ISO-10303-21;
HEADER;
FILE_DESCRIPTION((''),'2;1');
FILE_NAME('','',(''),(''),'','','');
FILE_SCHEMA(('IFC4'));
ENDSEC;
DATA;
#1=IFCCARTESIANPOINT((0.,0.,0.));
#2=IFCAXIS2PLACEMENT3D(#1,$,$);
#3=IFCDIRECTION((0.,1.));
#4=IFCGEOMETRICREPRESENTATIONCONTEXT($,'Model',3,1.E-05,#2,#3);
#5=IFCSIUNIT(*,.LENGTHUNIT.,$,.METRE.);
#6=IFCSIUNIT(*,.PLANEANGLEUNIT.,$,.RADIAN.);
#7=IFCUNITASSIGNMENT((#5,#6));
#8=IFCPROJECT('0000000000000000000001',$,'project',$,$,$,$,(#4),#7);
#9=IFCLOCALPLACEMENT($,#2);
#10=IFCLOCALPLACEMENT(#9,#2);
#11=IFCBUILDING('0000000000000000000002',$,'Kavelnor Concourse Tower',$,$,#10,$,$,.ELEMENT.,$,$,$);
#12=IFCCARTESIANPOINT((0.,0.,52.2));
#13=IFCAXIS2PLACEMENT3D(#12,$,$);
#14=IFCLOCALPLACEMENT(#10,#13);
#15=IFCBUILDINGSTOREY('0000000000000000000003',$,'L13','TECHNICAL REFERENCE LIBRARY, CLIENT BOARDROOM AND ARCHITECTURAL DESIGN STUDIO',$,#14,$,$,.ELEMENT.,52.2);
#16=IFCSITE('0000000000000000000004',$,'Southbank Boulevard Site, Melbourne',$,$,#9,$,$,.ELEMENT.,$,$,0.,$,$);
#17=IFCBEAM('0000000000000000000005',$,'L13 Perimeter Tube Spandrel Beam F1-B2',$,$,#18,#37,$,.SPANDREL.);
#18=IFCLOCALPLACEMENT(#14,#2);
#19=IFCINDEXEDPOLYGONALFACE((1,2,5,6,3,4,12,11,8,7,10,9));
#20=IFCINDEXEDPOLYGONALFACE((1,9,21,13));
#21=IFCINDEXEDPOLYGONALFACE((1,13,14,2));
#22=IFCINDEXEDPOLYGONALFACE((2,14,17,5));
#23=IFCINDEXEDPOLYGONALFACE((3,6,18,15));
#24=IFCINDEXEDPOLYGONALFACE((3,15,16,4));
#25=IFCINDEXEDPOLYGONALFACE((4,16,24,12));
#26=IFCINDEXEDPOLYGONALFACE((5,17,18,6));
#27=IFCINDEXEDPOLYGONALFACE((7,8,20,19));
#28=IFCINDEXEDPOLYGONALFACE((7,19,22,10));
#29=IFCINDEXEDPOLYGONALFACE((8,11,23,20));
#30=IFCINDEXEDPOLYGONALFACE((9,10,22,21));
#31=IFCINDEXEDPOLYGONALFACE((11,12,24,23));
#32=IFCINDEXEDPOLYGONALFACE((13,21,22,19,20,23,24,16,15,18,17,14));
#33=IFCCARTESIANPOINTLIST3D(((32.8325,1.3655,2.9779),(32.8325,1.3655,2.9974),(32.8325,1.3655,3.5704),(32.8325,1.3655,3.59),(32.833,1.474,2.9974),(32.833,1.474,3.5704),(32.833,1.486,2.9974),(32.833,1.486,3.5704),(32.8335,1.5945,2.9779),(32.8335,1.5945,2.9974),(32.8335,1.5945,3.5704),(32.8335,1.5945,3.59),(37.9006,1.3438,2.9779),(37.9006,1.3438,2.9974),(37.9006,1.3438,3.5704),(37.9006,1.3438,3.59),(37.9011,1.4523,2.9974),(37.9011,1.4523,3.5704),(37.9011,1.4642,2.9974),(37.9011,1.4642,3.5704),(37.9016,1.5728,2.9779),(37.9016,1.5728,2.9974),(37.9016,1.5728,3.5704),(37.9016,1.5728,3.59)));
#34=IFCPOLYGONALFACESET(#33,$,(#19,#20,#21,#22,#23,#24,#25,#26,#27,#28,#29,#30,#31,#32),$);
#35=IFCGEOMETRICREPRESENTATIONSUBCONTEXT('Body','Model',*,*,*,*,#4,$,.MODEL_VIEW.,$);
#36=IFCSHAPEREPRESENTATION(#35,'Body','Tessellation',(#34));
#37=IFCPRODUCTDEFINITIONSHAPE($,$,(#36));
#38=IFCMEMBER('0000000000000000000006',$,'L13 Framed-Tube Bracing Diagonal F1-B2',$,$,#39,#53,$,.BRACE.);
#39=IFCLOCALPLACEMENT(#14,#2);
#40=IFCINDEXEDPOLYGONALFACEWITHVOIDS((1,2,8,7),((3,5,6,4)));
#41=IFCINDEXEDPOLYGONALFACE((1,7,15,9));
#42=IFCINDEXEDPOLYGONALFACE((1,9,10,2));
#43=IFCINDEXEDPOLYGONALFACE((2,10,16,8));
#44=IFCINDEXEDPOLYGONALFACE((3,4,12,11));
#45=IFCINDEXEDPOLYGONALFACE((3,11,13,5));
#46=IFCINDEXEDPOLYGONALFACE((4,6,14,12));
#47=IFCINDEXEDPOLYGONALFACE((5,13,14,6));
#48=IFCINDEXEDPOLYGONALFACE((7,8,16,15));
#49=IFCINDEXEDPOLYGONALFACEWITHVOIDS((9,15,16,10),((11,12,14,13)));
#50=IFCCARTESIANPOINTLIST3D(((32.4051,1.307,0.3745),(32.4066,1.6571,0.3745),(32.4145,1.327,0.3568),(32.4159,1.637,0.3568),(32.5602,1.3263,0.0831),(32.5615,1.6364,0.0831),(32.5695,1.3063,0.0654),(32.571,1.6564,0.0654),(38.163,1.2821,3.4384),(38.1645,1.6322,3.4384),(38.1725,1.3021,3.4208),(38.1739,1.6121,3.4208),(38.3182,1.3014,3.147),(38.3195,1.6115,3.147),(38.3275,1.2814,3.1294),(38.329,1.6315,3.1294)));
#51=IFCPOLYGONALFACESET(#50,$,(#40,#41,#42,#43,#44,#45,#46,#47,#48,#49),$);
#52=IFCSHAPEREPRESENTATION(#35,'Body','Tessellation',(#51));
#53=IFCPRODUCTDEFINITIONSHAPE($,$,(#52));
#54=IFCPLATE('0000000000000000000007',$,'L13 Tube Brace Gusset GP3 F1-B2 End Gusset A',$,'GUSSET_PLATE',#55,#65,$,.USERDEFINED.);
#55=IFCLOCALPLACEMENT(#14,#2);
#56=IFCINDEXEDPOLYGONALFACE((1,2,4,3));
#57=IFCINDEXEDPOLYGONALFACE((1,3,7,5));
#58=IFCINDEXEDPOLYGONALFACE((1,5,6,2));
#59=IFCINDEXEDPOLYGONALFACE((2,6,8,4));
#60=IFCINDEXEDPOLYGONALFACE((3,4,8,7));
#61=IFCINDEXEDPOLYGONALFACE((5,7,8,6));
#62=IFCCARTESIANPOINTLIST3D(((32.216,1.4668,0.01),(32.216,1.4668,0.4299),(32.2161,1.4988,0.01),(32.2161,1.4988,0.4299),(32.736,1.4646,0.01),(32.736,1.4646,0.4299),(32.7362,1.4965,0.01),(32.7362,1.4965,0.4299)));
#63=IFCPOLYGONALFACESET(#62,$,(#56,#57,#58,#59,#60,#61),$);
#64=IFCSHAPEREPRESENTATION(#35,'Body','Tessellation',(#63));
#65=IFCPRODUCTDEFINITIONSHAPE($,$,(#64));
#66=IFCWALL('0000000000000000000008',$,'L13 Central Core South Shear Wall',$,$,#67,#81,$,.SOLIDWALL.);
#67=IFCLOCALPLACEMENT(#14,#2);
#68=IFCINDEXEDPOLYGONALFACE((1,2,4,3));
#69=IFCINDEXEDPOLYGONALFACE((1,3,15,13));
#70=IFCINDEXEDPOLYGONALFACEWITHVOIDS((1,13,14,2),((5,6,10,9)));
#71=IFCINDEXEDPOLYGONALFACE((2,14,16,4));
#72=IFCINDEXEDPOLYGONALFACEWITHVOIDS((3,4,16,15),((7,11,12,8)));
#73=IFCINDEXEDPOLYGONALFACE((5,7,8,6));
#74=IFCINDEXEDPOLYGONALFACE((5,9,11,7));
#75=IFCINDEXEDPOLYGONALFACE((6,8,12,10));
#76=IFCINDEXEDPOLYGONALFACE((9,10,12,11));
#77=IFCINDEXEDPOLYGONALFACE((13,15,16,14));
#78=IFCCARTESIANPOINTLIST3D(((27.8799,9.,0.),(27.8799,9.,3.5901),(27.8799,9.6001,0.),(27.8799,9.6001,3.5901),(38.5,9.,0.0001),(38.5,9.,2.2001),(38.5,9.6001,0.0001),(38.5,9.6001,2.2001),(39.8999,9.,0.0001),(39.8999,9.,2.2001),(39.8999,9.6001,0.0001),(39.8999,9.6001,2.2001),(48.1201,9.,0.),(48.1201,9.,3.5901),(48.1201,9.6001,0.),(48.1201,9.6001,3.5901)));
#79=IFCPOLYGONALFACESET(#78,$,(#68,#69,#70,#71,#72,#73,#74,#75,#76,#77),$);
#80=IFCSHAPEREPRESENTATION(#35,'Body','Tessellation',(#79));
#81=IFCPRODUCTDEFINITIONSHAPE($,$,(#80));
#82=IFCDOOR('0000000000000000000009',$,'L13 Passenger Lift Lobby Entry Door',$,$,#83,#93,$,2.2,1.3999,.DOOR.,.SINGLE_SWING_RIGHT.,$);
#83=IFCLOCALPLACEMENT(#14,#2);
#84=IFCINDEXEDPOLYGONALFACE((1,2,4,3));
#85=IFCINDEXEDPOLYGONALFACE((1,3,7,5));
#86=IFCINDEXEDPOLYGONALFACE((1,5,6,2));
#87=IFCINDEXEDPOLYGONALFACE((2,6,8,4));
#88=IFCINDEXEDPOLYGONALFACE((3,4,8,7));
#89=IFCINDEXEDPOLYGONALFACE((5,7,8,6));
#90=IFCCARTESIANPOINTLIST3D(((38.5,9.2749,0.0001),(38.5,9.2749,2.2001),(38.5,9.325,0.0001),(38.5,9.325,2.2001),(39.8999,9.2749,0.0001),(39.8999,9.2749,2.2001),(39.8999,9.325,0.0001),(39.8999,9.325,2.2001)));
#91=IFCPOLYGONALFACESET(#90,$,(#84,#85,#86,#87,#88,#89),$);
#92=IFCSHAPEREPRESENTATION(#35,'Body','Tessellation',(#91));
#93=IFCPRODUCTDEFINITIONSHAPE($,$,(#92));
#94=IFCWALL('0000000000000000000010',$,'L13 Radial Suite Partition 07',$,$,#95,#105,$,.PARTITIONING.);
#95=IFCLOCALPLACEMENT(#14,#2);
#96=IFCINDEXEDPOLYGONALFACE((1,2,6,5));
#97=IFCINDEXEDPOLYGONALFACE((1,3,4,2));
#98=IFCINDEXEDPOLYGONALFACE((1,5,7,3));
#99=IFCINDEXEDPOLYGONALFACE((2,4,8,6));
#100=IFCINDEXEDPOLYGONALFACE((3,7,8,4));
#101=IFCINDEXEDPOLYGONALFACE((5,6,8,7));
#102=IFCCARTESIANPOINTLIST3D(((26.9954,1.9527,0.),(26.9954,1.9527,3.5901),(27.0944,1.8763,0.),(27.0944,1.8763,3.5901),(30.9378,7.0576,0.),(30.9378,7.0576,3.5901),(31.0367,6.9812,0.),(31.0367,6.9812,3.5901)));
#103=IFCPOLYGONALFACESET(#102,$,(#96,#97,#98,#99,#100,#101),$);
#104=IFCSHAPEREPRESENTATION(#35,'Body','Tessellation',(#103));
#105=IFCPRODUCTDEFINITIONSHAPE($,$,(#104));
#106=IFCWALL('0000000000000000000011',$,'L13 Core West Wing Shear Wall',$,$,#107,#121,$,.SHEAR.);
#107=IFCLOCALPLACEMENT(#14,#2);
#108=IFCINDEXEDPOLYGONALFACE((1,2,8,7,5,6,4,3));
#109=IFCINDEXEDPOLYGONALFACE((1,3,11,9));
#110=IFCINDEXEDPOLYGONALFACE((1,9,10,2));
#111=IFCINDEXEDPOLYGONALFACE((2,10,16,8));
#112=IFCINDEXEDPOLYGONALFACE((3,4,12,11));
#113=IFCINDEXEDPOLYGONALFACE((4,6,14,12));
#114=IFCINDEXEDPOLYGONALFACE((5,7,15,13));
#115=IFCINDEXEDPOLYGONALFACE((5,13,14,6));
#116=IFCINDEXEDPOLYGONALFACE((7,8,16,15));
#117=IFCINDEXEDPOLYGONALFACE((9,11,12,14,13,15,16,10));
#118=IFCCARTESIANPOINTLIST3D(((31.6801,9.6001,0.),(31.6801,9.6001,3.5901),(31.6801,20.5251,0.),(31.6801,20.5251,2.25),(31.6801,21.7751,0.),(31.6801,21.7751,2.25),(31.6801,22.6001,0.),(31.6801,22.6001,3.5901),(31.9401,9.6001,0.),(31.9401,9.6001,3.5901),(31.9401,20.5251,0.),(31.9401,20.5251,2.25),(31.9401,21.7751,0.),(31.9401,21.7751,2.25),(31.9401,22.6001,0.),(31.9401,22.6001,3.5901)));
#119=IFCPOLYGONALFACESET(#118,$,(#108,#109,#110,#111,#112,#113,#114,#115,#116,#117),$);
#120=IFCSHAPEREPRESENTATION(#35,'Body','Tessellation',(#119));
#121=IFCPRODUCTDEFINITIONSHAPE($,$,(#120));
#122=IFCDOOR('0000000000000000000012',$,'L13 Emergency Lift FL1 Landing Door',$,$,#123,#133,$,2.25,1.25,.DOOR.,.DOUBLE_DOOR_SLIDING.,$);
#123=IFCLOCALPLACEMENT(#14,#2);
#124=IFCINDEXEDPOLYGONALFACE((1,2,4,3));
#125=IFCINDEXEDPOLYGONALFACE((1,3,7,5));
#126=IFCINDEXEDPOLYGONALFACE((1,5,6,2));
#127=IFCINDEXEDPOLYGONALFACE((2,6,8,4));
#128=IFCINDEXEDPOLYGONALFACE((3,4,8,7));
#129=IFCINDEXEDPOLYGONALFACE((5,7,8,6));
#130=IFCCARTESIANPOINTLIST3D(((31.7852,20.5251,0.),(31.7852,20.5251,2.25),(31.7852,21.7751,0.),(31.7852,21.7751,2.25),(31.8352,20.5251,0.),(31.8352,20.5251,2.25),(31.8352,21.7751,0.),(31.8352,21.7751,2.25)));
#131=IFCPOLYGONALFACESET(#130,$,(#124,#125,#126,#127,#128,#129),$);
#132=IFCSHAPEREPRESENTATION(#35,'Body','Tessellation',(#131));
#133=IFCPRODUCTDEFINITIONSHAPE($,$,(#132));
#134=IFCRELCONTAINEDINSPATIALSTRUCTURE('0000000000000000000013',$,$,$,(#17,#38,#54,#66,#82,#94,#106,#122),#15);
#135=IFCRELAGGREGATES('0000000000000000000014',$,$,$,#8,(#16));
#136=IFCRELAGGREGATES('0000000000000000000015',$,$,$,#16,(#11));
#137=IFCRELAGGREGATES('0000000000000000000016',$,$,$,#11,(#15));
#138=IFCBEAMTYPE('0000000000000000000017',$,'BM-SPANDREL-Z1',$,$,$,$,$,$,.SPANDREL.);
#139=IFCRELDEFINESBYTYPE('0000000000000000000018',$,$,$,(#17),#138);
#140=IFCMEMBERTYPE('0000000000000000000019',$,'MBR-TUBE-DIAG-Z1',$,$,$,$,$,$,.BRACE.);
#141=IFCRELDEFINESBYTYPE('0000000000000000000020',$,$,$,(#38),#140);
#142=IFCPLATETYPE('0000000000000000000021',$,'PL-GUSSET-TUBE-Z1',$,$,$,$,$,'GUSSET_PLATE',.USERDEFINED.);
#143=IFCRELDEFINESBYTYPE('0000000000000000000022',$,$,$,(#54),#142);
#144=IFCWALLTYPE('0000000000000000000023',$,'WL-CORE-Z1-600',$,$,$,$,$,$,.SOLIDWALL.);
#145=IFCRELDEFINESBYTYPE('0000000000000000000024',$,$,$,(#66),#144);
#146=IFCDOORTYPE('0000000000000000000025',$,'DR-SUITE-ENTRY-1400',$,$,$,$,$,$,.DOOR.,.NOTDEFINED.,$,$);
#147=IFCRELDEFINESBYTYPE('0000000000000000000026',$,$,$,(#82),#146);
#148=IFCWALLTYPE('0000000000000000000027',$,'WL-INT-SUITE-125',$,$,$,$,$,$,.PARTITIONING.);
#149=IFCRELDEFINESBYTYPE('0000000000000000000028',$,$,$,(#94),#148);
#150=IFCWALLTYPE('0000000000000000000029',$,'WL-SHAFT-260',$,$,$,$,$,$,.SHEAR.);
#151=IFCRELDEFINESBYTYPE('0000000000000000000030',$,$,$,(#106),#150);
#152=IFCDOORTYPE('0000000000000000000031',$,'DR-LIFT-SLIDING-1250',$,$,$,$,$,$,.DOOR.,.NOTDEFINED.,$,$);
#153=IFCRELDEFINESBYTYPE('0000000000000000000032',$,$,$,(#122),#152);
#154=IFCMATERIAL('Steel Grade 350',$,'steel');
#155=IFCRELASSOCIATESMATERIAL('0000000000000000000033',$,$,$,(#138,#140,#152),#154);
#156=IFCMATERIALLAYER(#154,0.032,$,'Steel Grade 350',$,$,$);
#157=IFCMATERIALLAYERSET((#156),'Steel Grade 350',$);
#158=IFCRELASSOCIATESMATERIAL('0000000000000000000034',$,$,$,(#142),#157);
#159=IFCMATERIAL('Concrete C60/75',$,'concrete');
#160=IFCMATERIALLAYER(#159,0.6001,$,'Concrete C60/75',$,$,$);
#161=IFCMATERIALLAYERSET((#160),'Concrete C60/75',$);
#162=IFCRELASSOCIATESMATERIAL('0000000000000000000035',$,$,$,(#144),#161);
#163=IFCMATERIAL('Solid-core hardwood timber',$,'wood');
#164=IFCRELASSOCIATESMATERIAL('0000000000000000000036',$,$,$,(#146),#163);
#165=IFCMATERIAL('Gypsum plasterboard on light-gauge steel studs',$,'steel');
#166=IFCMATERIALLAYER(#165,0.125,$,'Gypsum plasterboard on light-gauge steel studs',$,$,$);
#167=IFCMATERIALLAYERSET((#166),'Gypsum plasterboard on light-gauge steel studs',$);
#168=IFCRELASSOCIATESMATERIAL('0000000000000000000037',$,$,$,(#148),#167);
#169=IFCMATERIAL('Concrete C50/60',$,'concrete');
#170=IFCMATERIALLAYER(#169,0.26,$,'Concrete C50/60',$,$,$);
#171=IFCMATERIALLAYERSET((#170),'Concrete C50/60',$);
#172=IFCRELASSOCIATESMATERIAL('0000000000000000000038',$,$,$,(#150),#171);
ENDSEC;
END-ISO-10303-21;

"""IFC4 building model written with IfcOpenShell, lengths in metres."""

from ifc_helpers import new_model, si_unit, direction, frame, frame_2d, origin, origin_2d, place, context, subcontext, project, spatial, rectangle, hollow_rectangle, i_section, extrude, material, layer, layer_set, material_profile, profile_set, type_object, element, fill, save


model = new_model("IFC4")

# Units and contexts
model_context = context("Model", 3, precision=1e-05, world=origin(), true_north=direction((0.0, 1.0)))
body_context = subcontext(model_context, "Body", "Model", "MODEL_VIEW")
ifc_project = project(units=[si_unit("LENGTHUNIT", "METRE"), si_unit("PLANEANGLEUNIT", "RADIAN")], contexts=[model_context])

# Site, building, storey
site_placement = place(None, origin())
site = spatial("IfcSite", under=ifc_project, at=site_placement, Name="Southbank Boulevard Site, Melbourne", CompositionType="ELEMENT", RefElevation=0.0)
building_placement = place(site_placement, origin())
building = spatial("IfcBuilding", under=site, at=building_placement, Name="Kavelnor Concourse Tower", CompositionType="ELEMENT")
storey_placement = place(building_placement, frame((0.0, 0.0, 52.2)))
storey = spatial("IfcBuildingStorey", under=building, at=storey_placement, Name="L13", Description="TECHNICAL REFERENCE LIBRARY, CLIENT BOARDROOM AND ARCHITECTURAL DESIGN STUDIO", CompositionType="ELEMENT", Elevation=52.2)

# Shared definitions
ifc_material_1 = material(Name="Steel Grade 350", Category="steel")

# Beam
ifc_material_profile_1 = material_profile(ifc_material_1, i_section(OverallWidth=0.229, OverallDepth=0.6121, WebThickness=0.012, FlangeThickness=0.0195, at=origin_2d()), Name="610UB125")
ifc_profile_set_1 = profile_set([ifc_material_profile_1], Name="Steel Grade 350")
beam_type_1 = type_object("IfcBeamType", Name="BM-SPANDREL-Z1", PredefinedType="SPANDREL", material=ifc_profile_set_1)
beam_1_placement = place(storey_placement, frame((32.833, 1.48, 3.2839), z_axis=(0.999991, -0.004287, 0.0), x_axis=(0.004287, 0.999991, 0.0)))
element("IfcBeam", 1, at=beam_1_placement, inside=storey, type_object=beam_type_1, Name="L13 Perimeter Tube Spandrel Beam F1-B2", PredefinedType="SPANDREL", context=body_context, shape_type="SweptSolid", body=[
    extrude(i_section(OverallWidth=0.229, OverallDepth=0.6121, WebThickness=0.012, FlangeThickness=0.0195, at=origin_2d()), origin(), (0.0, 0.0, 1.0), 5.0681),
])

# Member
ifc_material_profile_2 = material_profile(ifc_material_1, hollow_rectangle(XDim=0.3501, YDim=0.3501, WallThickness=0.02, at=origin_2d()), Name="SHS 350x350x20")
ifc_profile_set_2 = profile_set([ifc_material_profile_2], Name="Steel Grade 350")
member_type = type_object("IfcMemberType", Name="MBR-TUBE-DIAG-Z1", PredefinedType="BRACE", material=ifc_profile_set_2)
member_placement = place(storey_placement, frame((32.488, 1.4817, 0.22), z_axis=(0.882792, -0.003818, 0.469749), x_axis=(0.004325, 0.999991, 0.0)))
element("IfcMember", 2, at=member_placement, inside=storey, type_object=member_type, Name="L13 Framed-Tube Bracing Diagonal F1-B2", PredefinedType="BRACE", context=body_context, shape_type="SweptSolid", body=[
    extrude(hollow_rectangle(XDim=0.3501, YDim=0.3501, WallThickness=0.02, at=origin_2d()), origin(), (0.0, 0.0, 1.0), 6.5225),
])

# Plate
ifc_layer_1 = layer(ifc_material_1, 0.032, Name="Steel Grade 350")
ifc_layer_set_1 = layer_set([ifc_layer_1], Name="Steel Grade 350")
plate_type = type_object("IfcPlateType", Name="PL-GUSSET-TUBE-Z1", ElementType="GUSSET_PLATE", PredefinedType="USERDEFINED", material=ifc_layer_set_1)
plate_placement = place(storey_placement, frame((32.4761, 1.4817, 0.01), z_axis=(0.0, 0.0, 1.0), x_axis=(0.99999, -0.004363, 0.0)))
element("IfcPlate", 3, at=plate_placement, inside=storey, type_object=plate_type, Name="L13 Tube Brace Gusset GP3 F1-B2 End Gusset A", ObjectType="GUSSET_PLATE", PredefinedType="USERDEFINED", context=body_context, shape_type="SweptSolid", body=[
    extrude(rectangle(XDim=0.52, YDim=0.032, at=origin_2d()), origin(), (0.0, 0.0, 1.0), 0.4199),
])

# Wall, opening, door
ifc_material_2 = material(Name="Concrete C60/75", Category="concrete")
ifc_layer_2 = layer(ifc_material_2, 0.6001, Name="Concrete C60/75")
ifc_layer_set_2 = layer_set([ifc_layer_2], Name="Concrete C60/75")
wall_type_1 = type_object("IfcWallType", Name="WL-CORE-Z1-600", PredefinedType="SOLIDWALL", material=ifc_layer_set_2)
wall_1_placement = place(storey_placement, frame((27.8799, 9.3, 0.0), z_axis=(0.0, 0.0, 1.0), x_axis=(1.0, 0.0, 0.0)))
wall_1 = element("IfcWall", 4, at=wall_1_placement, inside=storey, type_object=wall_type_1, Name="L13 Central Core South Shear Wall", PredefinedType="SOLIDWALL", context=body_context, shape_type="SweptSolid", body=[
    extrude(rectangle(XDim=20.2402, YDim=0.6001, at=frame_2d((10.1201, 0.0))), origin(), (0.0, 0.0, 1.0), 3.5901),
])
opening_1_placement = place(wall_1_placement, frame((10.6201, 0.0, 0.0)))
opening_1 = element("IfcOpeningElement", 5, at=opening_1_placement, cuts=wall_1, PredefinedType="OPENING", context=body_context, shape_type="SweptSolid", body=[
    extrude(rectangle(XDim=1.3999, YDim=2.2, at=frame_2d((0.7, 1.1001))), frame((0.0, 0.3101, 0.0), z_axis=(0.0, -1.0, 0.0), x_axis=(1.0, 0.0, 0.0)), (0.0, 0.0, 1.0), 0.6201),
])
ifc_material_3 = material(Name="Solid-core hardwood timber", Category="wood")
door_type_1 = type_object("IfcDoorType", Name="DR-SUITE-ENTRY-1400", OperationType="NOTDEFINED", PredefinedType="DOOR", material=ifc_material_3)
door_1_placement = place(opening_1_placement, origin())
door_1 = element("IfcDoor", 6, at=door_1_placement, inside=storey, type_object=door_type_1, Name="L13 Passenger Lift Lobby Entry Door", OperationType="SINGLE_SWING_RIGHT", OverallHeight=2.2, OverallWidth=1.3999, PredefinedType="DOOR", context=body_context, shape_type="SweptSolid", body=[
    extrude(rectangle(XDim=1.3999, YDim=2.2, at=frame_2d((0.7, 1.1001))), frame((0.0, 0.0249, 0.0), z_axis=(0.0, -1.0, 0.0), x_axis=(1.0, 0.0, 0.0)), (0.0, 0.0, 1.0), 0.05),
])
fill(opening_1, door_1)

# Wall
ifc_material_4 = material(Name="Gypsum plasterboard on light-gauge steel studs", Category="steel")
ifc_layer_3 = layer(ifc_material_4, 0.125, Name="Gypsum plasterboard on light-gauge steel studs")
ifc_layer_set_3 = layer_set([ifc_layer_3], Name="Gypsum plasterboard on light-gauge steel studs")
wall_type_2 = type_object("IfcWallType", Name="WL-INT-SUITE-125", PredefinedType="PARTITIONING", material=ifc_layer_set_3)
wall_2_placement = place(storey_placement, frame((30.9873, 7.0195, 0.0), z_axis=(0.0, 0.0, 1.0), x_axis=(-0.611217, -0.791463, 0.0)))
element("IfcWall", 7, at=wall_2_placement, inside=storey, type_object=wall_type_2, Name="L13 Radial Suite Partition 07", PredefinedType="PARTITIONING", context=body_context, shape_type="SweptSolid", body=[
    extrude(rectangle(XDim=6.45, YDim=0.125, at=frame_2d((3.2251, 0.0))), origin(), (0.0, 0.0, 1.0), 3.5901),
])

# Wall, opening, door
ifc_material_5 = material(Name="Concrete C50/60", Category="concrete")
ifc_layer_4 = layer(ifc_material_5, 0.26, Name="Concrete C50/60")
ifc_layer_set_4 = layer_set([ifc_layer_4], Name="Concrete C50/60")
wall_type_3 = type_object("IfcWallType", Name="WL-SHAFT-260", PredefinedType="SHEAR", material=ifc_layer_set_4)
wall_3_placement = place(storey_placement, frame((31.8101, 9.6001, 0.0), z_axis=(0.0, 0.0, 1.0), x_axis=(0.0, 1.0, 0.0)))
wall_3 = element("IfcWall", 8, at=wall_3_placement, inside=storey, type_object=wall_type_3, Name="L13 Core West Wing Shear Wall", PredefinedType="SHEAR", context=body_context, shape_type="SweptSolid", body=[
    extrude(rectangle(XDim=13.0, YDim=0.26, at=frame_2d((6.5, 0.0))), origin(), (0.0, 0.0, 1.0), 3.5901),
])
opening_2_placement = place(wall_3_placement, frame((10.925, 0.0, 0.0)))
opening_2 = element("IfcOpeningElement", 9, at=opening_2_placement, cuts=wall_3, PredefinedType="OPENING", context=body_context, shape_type="SweptSolid", body=[
    extrude(rectangle(XDim=1.25, YDim=2.25, at=frame_2d((0.625, 1.125))), frame((0.0, 0.1401, 0.0), z_axis=(0.0, -1.0, 0.0), x_axis=(1.0, 0.0, 0.0)), (0.0, 0.0, 1.0), 0.28),
])
door_type_2 = type_object("IfcDoorType", Name="DR-LIFT-SLIDING-1250", OperationType="NOTDEFINED", PredefinedType="DOOR", material=ifc_material_1)
door_2_placement = place(opening_2_placement, origin())
door_2 = element("IfcDoor", 10, at=door_2_placement, inside=storey, type_object=door_type_2, Name="L13 Emergency Lift FL1 Landing Door", OperationType="DOUBLE_DOOR_SLIDING", OverallHeight=2.25, OverallWidth=1.25, PredefinedType="DOOR", context=body_context, shape_type="SweptSolid", body=[
    extrude(rectangle(XDim=1.25, YDim=2.25, at=frame_2d((0.625, 1.125))), frame((0.0, 0.0249, 0.0), z_axis=(0.0, -1.0, 0.0), x_axis=(1.0, 0.0, 0.0)), (0.0, 0.0, 1.0), 0.05),
])
fill(opening_2, door_2)

save(model, "model.ifc")
